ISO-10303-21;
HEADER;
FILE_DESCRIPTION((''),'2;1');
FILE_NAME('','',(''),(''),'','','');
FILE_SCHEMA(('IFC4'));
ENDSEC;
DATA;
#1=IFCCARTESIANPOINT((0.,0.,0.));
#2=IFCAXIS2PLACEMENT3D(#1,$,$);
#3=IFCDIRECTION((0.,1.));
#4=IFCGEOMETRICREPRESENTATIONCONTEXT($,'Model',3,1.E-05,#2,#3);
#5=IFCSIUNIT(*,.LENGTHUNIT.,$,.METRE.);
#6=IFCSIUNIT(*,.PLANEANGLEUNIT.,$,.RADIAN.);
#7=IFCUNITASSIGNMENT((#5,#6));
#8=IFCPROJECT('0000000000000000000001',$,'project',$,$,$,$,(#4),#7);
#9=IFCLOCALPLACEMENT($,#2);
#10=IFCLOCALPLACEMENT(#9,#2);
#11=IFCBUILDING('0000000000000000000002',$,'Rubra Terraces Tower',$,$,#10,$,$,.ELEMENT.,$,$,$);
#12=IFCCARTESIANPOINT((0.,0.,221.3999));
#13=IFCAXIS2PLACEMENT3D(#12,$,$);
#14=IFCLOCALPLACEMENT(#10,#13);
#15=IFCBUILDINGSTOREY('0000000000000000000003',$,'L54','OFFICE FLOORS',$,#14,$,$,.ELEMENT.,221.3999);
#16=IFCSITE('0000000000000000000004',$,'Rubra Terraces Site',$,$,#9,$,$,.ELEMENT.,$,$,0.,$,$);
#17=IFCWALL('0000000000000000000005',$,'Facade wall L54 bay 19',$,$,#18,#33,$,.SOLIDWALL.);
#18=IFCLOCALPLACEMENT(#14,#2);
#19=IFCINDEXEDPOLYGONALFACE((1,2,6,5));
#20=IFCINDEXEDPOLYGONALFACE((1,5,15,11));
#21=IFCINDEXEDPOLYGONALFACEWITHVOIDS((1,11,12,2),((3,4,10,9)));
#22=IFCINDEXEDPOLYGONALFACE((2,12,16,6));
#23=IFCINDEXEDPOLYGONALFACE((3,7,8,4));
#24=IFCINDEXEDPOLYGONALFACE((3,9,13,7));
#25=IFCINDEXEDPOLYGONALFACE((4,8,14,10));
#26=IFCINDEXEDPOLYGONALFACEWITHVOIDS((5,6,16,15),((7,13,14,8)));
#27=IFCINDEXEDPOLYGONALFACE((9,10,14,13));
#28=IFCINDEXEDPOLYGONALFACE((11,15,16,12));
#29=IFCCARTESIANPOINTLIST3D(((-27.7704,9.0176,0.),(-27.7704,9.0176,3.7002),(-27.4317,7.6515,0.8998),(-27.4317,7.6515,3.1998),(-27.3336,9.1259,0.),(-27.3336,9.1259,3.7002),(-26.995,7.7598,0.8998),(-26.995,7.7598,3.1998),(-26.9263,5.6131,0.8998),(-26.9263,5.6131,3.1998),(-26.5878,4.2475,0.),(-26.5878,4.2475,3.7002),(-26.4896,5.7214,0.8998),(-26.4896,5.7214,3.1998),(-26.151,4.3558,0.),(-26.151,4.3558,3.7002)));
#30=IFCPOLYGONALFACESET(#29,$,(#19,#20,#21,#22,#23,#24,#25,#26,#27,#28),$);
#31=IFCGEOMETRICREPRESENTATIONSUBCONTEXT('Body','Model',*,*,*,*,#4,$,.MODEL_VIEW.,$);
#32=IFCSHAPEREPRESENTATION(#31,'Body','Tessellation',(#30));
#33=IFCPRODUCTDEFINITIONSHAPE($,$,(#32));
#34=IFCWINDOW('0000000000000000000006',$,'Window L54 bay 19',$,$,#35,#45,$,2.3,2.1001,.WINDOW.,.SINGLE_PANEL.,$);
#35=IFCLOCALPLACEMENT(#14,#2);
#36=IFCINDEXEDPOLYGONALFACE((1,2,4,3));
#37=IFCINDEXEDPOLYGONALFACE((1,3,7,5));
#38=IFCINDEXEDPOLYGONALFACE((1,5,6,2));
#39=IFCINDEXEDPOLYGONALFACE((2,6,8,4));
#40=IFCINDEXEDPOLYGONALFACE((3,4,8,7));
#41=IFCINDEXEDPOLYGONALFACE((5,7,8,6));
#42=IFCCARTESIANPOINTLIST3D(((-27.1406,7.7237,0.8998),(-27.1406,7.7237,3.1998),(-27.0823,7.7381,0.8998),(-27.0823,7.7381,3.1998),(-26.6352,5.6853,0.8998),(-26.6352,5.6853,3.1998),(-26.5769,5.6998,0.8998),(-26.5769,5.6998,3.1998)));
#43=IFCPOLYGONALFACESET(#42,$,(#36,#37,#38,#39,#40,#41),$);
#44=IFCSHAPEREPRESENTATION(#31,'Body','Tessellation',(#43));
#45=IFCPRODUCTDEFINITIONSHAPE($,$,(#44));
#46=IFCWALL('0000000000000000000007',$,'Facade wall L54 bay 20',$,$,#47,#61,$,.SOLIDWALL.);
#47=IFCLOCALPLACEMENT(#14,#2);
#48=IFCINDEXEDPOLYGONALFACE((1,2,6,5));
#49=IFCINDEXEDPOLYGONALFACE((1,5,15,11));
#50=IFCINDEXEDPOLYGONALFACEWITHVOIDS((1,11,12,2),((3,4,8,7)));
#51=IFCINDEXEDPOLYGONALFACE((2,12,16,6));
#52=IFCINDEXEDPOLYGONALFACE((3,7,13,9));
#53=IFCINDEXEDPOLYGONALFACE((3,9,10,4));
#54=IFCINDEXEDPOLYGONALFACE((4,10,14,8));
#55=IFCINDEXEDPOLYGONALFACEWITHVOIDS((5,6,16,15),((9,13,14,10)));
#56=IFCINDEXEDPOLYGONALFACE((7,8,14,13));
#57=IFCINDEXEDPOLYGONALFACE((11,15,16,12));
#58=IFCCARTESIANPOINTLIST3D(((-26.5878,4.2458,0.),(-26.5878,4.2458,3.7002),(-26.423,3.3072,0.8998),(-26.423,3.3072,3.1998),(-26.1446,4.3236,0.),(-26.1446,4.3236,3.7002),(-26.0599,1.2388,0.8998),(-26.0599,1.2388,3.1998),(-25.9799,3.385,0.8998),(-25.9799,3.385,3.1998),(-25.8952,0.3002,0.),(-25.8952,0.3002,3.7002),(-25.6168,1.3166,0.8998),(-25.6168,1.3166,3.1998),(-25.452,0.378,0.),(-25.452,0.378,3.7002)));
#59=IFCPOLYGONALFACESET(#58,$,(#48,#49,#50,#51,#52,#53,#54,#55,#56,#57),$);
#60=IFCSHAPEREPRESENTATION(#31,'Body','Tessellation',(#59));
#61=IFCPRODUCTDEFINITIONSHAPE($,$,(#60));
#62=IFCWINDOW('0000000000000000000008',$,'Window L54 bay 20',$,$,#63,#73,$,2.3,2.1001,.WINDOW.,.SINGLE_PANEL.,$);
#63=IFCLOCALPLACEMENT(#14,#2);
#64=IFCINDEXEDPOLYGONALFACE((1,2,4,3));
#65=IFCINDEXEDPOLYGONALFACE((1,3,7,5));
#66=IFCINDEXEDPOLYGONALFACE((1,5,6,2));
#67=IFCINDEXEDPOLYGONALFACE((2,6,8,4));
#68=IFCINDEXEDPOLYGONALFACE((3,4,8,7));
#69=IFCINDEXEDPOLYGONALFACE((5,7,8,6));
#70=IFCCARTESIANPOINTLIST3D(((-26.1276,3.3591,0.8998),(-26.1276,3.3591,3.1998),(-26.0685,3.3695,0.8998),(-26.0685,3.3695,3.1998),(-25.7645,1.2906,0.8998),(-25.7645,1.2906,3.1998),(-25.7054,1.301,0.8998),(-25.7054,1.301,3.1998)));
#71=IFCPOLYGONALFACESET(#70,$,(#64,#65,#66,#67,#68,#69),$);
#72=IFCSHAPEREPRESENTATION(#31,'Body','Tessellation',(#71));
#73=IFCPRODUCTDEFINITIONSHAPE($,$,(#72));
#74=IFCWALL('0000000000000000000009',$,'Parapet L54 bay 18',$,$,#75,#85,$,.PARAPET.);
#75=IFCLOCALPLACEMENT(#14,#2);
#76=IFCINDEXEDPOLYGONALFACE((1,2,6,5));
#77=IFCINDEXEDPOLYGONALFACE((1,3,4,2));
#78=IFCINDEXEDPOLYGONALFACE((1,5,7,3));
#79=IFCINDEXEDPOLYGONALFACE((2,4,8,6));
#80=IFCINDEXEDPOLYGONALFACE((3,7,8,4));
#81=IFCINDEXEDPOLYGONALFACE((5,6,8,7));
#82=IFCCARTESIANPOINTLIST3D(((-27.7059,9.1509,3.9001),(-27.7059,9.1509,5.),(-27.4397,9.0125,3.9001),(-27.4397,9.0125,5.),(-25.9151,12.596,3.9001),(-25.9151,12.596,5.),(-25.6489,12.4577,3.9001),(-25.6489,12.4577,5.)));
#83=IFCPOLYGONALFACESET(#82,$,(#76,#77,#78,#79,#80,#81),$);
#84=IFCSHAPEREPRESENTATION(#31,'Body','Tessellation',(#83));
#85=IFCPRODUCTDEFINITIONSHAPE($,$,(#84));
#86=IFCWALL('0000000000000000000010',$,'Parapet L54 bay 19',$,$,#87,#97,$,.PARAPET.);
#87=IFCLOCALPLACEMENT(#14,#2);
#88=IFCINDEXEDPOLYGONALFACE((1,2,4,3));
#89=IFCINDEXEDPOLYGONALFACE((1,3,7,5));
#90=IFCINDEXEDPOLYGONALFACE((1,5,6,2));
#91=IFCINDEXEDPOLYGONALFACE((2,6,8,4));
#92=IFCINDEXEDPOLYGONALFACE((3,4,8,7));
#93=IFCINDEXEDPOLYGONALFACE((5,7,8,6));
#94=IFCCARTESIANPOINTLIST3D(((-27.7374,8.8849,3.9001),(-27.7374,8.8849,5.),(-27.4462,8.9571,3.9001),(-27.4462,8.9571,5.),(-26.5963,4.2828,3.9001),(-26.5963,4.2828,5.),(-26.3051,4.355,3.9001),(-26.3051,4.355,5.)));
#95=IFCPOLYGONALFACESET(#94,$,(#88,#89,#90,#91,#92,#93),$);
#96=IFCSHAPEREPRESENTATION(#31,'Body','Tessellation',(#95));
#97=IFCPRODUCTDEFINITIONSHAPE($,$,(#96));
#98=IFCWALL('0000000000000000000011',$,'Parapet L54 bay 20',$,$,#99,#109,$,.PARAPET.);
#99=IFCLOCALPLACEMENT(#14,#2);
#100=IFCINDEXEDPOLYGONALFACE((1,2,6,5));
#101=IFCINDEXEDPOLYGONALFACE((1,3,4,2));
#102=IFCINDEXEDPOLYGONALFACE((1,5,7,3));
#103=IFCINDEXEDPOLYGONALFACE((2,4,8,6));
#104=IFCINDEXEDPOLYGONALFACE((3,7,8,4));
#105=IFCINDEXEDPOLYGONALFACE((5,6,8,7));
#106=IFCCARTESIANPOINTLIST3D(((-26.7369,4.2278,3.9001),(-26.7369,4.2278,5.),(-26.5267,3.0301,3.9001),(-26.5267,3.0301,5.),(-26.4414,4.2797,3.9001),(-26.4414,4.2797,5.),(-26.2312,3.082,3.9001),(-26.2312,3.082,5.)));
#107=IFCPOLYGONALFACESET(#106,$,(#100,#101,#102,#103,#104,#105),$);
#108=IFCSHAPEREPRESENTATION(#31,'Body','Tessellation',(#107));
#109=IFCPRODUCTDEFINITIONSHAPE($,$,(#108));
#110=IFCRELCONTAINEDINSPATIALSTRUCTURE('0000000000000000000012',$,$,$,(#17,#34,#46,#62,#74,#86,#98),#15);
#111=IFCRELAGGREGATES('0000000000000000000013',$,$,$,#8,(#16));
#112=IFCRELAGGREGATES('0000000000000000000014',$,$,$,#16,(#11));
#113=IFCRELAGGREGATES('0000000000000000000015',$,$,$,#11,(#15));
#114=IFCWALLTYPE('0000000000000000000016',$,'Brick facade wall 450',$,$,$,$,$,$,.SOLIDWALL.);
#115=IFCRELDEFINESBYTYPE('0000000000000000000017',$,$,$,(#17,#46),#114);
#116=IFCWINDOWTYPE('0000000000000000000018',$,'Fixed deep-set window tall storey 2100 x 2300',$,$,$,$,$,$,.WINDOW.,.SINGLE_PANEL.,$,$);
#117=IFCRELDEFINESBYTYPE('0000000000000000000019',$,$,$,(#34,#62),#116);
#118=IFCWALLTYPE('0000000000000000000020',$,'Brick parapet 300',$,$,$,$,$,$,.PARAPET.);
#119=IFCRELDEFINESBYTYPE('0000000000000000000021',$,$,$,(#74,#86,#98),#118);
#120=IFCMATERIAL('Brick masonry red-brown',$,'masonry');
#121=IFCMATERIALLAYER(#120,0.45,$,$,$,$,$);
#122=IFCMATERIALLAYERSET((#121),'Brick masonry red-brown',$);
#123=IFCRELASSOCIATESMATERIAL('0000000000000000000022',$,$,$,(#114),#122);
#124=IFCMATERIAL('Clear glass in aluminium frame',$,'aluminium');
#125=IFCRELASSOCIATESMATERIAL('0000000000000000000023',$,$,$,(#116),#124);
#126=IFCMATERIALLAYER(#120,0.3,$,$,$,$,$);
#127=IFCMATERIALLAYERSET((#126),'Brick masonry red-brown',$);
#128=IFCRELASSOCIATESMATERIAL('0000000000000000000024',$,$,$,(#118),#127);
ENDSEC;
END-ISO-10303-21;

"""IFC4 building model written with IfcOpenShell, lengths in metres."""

from ifc_helpers import new_model, si_unit, direction, frame, frame_2d, origin, place, context, subcontext, project, spatial, rectangle, extrude, material, layer, layer_set, type_object, element, fill, save


model = new_model("IFC4")

# Units and contexts
model_context = context("Model", 3, precision=1e-05, world=origin(), true_north=direction((0.0, 1.0)))
body_context = subcontext(model_context, "Body", "Model", "MODEL_VIEW")
ifc_project = project(units=[si_unit("LENGTHUNIT", "METRE"), si_unit("PLANEANGLEUNIT", "RADIAN")], contexts=[model_context])

# Site, building, storey
site_placement = place(None, origin())
site = spatial("IfcSite", under=ifc_project, at=site_placement, Name="Rubra Terraces Site", CompositionType="ELEMENT", RefElevation=0.0)
building_placement = place(site_placement, origin())
building = spatial("IfcBuilding", under=site, at=building_placement, Name="Rubra Terraces Tower", CompositionType="ELEMENT")
storey_placement = place(building_placement, frame((0.0, 0.0, 221.3999)))
storey = spatial("IfcBuildingStorey", under=building, at=storey_placement, Name="L54", Description="OFFICE FLOORS", CompositionType="ELEMENT", Elevation=221.3999)

# Walls, openings, windows
ifc_material_1 = material(Name="Brick masonry red-brown", Category="masonry")
ifc_layer_1 = layer(ifc_material_1, 0.45)
ifc_layer_set_1 = layer_set([ifc_layer_1], Name="Brick masonry red-brown")
wall_type_1 = type_object("IfcWallType", Name="Brick facade wall 450", PredefinedType="SOLIDWALL", material=ifc_layer_set_1)
wall_1_placement = place(storey_placement, frame((-27.552, 9.0718, 0.0), z_axis=(0.0, 0.0, 1.0), x_axis=(0.24063, -0.970617, 0.0)))
wall_1 = element("IfcWall", 1, at=wall_1_placement, inside=storey, type_object=wall_type_1, Name="Facade wall L54 bay 19", PredefinedType="SOLIDWALL", context=body_context, shape_type="SweptSolid", body=[
    extrude(rectangle(XDim=4.9146, YDim=0.45, at=frame_2d((2.4573, 0.0))), origin(), (0.0, 0.0, 1.0), 3.7002),
])
opening_1_placement = place(wall_1_placement, frame((1.4075, 0.0, 0.8999)))
opening_1 = element("IfcOpeningElement", 2, at=opening_1_placement, cuts=wall_1, PredefinedType="OPENING", context=body_context, shape_type="SweptSolid", body=[
    extrude(rectangle(XDim=2.1001, YDim=2.3, at=frame_2d((1.05, 1.1499))), frame((0.0, 0.2349, 0.0), z_axis=(0.0, -1.0, 0.0), x_axis=(1.0, 0.0, 0.0)), (0.0, 0.0, 1.0), 0.47),
])
ifc_material_2 = material(Name="Clear glass in aluminium frame", Category="aluminium")
window_type = type_object("IfcWindowType", Name="Fixed deep-set window tall storey 2100 x 2300", PartitioningType="SINGLE_PANEL", PredefinedType="WINDOW", material=ifc_material_2)
window_1_placement = place(opening_1_placement, origin())
window_1 = element("IfcWindow", 3, at=window_1_placement, inside=storey, type_object=window_type, Name="Window L54 bay 19", OverallHeight=2.3, OverallWidth=2.1001, PartitioningType="SINGLE_PANEL", PredefinedType="WINDOW", context=body_context, shape_type="SweptSolid", body=[
    extrude(rectangle(XDim=2.1001, YDim=2.3, at=frame_2d((1.05, 1.1499))), frame((0.0, 0.135, 0.0), z_axis=(0.0, -1.0, 0.0), x_axis=(1.0, 0.0, 0.0)), (0.0, 0.0, 1.0), 0.0601),
])
fill(opening_1, window_1)
wall_2_placement = place(storey_placement, frame((-26.3662, 4.2847, 0.0), z_axis=(0.0, 0.0, 1.0), x_axis=(0.172902, -0.984939, 0.0)))
wall_2 = element("IfcWall", 4, at=wall_2_placement, inside=storey, type_object=wall_type_1, Name="Facade wall L54 bay 20", PredefinedType="SOLIDWALL", context=body_context, shape_type="SweptSolid", body=[
    extrude(rectangle(XDim=4.0059, YDim=0.45, at=frame_2d((2.0029, 0.0))), origin(), (0.0, 0.0, 1.0), 3.7002),
])
opening_2_placement = place(wall_2_placement, frame((0.9529, 0.0, 0.8999)))
opening_2 = element("IfcOpeningElement", 5, at=opening_2_placement, cuts=wall_2, PredefinedType="OPENING", context=body_context, shape_type="SweptSolid", body=[
    extrude(rectangle(XDim=2.1001, YDim=2.3, at=frame_2d((1.05, 1.1499))), frame((0.0, 0.2349, 0.0), z_axis=(0.0, -1.0, 0.0), x_axis=(1.0, 0.0, 0.0)), (0.0, 0.0, 1.0), 0.47),
])
window_2_placement = place(opening_2_placement, origin())
window_2 = element("IfcWindow", 6, at=window_2_placement, inside=storey, type_object=window_type, Name="Window L54 bay 20", OverallHeight=2.3, OverallWidth=2.1001, PartitioningType="SINGLE_PANEL", PredefinedType="WINDOW", context=body_context, shape_type="SweptSolid", body=[
    extrude(rectangle(XDim=2.1001, YDim=2.3, at=frame_2d((1.05, 1.1499))), frame((0.0, 0.135, 0.0), z_axis=(0.0, -1.0, 0.0), x_axis=(1.0, 0.0, 0.0)), (0.0, 0.0, 1.0), 0.0601),
])
fill(opening_2, window_2)

# Walls
ifc_layer_2 = layer(ifc_material_1, 0.3)
ifc_layer_set_2 = layer_set([ifc_layer_2], Name="Brick masonry red-brown")
wall_type_2 = type_object("IfcWallType", Name="Brick parapet 300", PredefinedType="PARAPET", material=ifc_layer_set_2)
wall_3_placement = place(storey_placement, frame((-25.782, 12.5269, 3.9001), z_axis=(0.0, 0.0, 1.0), x_axis=(-0.461218, -0.887287, 0.0)))
element("IfcWall", 7, at=wall_3_placement, inside=storey, type_object=wall_type_2, Name="Parapet L54 bay 18", PredefinedType="PARAPET", context=body_context, shape_type="SweptSolid", body=[
    extrude(rectangle(XDim=3.8828, YDim=0.3, at=frame_2d((1.9414, 0.0))), origin(), (0.0, 0.0, 1.0), 1.0999),
])
wall_4_placement = place(storey_placement, frame((-27.5918, 8.9209, 3.9001), z_axis=(0.0, 0.0, 1.0), x_axis=(0.240669, -0.970607, 0.0)))
element("IfcWall", 8, at=wall_4_placement, inside=storey, type_object=wall_type_2, Name="Parapet L54 bay 19", PredefinedType="PARAPET", context=body_context, shape_type="SweptSolid", body=[
    extrude(rectangle(XDim=4.7415, YDim=0.3, at=frame_2d((2.3706, 0.0))), origin(), (0.0, 0.0, 1.0), 1.0999),
])
wall_5_placement = place(storey_placement, frame((-26.5891, 4.2537, 3.9001), z_axis=(0.0, 0.0, 1.0), x_axis=(0.172858, -0.984947, 0.0)))
element("IfcWall", 9, at=wall_5_placement, inside=storey, type_object=wall_type_2, Name="Parapet L54 bay 20", PredefinedType="PARAPET", context=body_context, shape_type="SweptSolid", body=[
    extrude(rectangle(XDim=1.2161, YDim=0.3, at=frame_2d((0.6079, 0.0))), origin(), (0.0, 0.0, 1.0), 1.0999),
])

save(model, "model.ifc")
